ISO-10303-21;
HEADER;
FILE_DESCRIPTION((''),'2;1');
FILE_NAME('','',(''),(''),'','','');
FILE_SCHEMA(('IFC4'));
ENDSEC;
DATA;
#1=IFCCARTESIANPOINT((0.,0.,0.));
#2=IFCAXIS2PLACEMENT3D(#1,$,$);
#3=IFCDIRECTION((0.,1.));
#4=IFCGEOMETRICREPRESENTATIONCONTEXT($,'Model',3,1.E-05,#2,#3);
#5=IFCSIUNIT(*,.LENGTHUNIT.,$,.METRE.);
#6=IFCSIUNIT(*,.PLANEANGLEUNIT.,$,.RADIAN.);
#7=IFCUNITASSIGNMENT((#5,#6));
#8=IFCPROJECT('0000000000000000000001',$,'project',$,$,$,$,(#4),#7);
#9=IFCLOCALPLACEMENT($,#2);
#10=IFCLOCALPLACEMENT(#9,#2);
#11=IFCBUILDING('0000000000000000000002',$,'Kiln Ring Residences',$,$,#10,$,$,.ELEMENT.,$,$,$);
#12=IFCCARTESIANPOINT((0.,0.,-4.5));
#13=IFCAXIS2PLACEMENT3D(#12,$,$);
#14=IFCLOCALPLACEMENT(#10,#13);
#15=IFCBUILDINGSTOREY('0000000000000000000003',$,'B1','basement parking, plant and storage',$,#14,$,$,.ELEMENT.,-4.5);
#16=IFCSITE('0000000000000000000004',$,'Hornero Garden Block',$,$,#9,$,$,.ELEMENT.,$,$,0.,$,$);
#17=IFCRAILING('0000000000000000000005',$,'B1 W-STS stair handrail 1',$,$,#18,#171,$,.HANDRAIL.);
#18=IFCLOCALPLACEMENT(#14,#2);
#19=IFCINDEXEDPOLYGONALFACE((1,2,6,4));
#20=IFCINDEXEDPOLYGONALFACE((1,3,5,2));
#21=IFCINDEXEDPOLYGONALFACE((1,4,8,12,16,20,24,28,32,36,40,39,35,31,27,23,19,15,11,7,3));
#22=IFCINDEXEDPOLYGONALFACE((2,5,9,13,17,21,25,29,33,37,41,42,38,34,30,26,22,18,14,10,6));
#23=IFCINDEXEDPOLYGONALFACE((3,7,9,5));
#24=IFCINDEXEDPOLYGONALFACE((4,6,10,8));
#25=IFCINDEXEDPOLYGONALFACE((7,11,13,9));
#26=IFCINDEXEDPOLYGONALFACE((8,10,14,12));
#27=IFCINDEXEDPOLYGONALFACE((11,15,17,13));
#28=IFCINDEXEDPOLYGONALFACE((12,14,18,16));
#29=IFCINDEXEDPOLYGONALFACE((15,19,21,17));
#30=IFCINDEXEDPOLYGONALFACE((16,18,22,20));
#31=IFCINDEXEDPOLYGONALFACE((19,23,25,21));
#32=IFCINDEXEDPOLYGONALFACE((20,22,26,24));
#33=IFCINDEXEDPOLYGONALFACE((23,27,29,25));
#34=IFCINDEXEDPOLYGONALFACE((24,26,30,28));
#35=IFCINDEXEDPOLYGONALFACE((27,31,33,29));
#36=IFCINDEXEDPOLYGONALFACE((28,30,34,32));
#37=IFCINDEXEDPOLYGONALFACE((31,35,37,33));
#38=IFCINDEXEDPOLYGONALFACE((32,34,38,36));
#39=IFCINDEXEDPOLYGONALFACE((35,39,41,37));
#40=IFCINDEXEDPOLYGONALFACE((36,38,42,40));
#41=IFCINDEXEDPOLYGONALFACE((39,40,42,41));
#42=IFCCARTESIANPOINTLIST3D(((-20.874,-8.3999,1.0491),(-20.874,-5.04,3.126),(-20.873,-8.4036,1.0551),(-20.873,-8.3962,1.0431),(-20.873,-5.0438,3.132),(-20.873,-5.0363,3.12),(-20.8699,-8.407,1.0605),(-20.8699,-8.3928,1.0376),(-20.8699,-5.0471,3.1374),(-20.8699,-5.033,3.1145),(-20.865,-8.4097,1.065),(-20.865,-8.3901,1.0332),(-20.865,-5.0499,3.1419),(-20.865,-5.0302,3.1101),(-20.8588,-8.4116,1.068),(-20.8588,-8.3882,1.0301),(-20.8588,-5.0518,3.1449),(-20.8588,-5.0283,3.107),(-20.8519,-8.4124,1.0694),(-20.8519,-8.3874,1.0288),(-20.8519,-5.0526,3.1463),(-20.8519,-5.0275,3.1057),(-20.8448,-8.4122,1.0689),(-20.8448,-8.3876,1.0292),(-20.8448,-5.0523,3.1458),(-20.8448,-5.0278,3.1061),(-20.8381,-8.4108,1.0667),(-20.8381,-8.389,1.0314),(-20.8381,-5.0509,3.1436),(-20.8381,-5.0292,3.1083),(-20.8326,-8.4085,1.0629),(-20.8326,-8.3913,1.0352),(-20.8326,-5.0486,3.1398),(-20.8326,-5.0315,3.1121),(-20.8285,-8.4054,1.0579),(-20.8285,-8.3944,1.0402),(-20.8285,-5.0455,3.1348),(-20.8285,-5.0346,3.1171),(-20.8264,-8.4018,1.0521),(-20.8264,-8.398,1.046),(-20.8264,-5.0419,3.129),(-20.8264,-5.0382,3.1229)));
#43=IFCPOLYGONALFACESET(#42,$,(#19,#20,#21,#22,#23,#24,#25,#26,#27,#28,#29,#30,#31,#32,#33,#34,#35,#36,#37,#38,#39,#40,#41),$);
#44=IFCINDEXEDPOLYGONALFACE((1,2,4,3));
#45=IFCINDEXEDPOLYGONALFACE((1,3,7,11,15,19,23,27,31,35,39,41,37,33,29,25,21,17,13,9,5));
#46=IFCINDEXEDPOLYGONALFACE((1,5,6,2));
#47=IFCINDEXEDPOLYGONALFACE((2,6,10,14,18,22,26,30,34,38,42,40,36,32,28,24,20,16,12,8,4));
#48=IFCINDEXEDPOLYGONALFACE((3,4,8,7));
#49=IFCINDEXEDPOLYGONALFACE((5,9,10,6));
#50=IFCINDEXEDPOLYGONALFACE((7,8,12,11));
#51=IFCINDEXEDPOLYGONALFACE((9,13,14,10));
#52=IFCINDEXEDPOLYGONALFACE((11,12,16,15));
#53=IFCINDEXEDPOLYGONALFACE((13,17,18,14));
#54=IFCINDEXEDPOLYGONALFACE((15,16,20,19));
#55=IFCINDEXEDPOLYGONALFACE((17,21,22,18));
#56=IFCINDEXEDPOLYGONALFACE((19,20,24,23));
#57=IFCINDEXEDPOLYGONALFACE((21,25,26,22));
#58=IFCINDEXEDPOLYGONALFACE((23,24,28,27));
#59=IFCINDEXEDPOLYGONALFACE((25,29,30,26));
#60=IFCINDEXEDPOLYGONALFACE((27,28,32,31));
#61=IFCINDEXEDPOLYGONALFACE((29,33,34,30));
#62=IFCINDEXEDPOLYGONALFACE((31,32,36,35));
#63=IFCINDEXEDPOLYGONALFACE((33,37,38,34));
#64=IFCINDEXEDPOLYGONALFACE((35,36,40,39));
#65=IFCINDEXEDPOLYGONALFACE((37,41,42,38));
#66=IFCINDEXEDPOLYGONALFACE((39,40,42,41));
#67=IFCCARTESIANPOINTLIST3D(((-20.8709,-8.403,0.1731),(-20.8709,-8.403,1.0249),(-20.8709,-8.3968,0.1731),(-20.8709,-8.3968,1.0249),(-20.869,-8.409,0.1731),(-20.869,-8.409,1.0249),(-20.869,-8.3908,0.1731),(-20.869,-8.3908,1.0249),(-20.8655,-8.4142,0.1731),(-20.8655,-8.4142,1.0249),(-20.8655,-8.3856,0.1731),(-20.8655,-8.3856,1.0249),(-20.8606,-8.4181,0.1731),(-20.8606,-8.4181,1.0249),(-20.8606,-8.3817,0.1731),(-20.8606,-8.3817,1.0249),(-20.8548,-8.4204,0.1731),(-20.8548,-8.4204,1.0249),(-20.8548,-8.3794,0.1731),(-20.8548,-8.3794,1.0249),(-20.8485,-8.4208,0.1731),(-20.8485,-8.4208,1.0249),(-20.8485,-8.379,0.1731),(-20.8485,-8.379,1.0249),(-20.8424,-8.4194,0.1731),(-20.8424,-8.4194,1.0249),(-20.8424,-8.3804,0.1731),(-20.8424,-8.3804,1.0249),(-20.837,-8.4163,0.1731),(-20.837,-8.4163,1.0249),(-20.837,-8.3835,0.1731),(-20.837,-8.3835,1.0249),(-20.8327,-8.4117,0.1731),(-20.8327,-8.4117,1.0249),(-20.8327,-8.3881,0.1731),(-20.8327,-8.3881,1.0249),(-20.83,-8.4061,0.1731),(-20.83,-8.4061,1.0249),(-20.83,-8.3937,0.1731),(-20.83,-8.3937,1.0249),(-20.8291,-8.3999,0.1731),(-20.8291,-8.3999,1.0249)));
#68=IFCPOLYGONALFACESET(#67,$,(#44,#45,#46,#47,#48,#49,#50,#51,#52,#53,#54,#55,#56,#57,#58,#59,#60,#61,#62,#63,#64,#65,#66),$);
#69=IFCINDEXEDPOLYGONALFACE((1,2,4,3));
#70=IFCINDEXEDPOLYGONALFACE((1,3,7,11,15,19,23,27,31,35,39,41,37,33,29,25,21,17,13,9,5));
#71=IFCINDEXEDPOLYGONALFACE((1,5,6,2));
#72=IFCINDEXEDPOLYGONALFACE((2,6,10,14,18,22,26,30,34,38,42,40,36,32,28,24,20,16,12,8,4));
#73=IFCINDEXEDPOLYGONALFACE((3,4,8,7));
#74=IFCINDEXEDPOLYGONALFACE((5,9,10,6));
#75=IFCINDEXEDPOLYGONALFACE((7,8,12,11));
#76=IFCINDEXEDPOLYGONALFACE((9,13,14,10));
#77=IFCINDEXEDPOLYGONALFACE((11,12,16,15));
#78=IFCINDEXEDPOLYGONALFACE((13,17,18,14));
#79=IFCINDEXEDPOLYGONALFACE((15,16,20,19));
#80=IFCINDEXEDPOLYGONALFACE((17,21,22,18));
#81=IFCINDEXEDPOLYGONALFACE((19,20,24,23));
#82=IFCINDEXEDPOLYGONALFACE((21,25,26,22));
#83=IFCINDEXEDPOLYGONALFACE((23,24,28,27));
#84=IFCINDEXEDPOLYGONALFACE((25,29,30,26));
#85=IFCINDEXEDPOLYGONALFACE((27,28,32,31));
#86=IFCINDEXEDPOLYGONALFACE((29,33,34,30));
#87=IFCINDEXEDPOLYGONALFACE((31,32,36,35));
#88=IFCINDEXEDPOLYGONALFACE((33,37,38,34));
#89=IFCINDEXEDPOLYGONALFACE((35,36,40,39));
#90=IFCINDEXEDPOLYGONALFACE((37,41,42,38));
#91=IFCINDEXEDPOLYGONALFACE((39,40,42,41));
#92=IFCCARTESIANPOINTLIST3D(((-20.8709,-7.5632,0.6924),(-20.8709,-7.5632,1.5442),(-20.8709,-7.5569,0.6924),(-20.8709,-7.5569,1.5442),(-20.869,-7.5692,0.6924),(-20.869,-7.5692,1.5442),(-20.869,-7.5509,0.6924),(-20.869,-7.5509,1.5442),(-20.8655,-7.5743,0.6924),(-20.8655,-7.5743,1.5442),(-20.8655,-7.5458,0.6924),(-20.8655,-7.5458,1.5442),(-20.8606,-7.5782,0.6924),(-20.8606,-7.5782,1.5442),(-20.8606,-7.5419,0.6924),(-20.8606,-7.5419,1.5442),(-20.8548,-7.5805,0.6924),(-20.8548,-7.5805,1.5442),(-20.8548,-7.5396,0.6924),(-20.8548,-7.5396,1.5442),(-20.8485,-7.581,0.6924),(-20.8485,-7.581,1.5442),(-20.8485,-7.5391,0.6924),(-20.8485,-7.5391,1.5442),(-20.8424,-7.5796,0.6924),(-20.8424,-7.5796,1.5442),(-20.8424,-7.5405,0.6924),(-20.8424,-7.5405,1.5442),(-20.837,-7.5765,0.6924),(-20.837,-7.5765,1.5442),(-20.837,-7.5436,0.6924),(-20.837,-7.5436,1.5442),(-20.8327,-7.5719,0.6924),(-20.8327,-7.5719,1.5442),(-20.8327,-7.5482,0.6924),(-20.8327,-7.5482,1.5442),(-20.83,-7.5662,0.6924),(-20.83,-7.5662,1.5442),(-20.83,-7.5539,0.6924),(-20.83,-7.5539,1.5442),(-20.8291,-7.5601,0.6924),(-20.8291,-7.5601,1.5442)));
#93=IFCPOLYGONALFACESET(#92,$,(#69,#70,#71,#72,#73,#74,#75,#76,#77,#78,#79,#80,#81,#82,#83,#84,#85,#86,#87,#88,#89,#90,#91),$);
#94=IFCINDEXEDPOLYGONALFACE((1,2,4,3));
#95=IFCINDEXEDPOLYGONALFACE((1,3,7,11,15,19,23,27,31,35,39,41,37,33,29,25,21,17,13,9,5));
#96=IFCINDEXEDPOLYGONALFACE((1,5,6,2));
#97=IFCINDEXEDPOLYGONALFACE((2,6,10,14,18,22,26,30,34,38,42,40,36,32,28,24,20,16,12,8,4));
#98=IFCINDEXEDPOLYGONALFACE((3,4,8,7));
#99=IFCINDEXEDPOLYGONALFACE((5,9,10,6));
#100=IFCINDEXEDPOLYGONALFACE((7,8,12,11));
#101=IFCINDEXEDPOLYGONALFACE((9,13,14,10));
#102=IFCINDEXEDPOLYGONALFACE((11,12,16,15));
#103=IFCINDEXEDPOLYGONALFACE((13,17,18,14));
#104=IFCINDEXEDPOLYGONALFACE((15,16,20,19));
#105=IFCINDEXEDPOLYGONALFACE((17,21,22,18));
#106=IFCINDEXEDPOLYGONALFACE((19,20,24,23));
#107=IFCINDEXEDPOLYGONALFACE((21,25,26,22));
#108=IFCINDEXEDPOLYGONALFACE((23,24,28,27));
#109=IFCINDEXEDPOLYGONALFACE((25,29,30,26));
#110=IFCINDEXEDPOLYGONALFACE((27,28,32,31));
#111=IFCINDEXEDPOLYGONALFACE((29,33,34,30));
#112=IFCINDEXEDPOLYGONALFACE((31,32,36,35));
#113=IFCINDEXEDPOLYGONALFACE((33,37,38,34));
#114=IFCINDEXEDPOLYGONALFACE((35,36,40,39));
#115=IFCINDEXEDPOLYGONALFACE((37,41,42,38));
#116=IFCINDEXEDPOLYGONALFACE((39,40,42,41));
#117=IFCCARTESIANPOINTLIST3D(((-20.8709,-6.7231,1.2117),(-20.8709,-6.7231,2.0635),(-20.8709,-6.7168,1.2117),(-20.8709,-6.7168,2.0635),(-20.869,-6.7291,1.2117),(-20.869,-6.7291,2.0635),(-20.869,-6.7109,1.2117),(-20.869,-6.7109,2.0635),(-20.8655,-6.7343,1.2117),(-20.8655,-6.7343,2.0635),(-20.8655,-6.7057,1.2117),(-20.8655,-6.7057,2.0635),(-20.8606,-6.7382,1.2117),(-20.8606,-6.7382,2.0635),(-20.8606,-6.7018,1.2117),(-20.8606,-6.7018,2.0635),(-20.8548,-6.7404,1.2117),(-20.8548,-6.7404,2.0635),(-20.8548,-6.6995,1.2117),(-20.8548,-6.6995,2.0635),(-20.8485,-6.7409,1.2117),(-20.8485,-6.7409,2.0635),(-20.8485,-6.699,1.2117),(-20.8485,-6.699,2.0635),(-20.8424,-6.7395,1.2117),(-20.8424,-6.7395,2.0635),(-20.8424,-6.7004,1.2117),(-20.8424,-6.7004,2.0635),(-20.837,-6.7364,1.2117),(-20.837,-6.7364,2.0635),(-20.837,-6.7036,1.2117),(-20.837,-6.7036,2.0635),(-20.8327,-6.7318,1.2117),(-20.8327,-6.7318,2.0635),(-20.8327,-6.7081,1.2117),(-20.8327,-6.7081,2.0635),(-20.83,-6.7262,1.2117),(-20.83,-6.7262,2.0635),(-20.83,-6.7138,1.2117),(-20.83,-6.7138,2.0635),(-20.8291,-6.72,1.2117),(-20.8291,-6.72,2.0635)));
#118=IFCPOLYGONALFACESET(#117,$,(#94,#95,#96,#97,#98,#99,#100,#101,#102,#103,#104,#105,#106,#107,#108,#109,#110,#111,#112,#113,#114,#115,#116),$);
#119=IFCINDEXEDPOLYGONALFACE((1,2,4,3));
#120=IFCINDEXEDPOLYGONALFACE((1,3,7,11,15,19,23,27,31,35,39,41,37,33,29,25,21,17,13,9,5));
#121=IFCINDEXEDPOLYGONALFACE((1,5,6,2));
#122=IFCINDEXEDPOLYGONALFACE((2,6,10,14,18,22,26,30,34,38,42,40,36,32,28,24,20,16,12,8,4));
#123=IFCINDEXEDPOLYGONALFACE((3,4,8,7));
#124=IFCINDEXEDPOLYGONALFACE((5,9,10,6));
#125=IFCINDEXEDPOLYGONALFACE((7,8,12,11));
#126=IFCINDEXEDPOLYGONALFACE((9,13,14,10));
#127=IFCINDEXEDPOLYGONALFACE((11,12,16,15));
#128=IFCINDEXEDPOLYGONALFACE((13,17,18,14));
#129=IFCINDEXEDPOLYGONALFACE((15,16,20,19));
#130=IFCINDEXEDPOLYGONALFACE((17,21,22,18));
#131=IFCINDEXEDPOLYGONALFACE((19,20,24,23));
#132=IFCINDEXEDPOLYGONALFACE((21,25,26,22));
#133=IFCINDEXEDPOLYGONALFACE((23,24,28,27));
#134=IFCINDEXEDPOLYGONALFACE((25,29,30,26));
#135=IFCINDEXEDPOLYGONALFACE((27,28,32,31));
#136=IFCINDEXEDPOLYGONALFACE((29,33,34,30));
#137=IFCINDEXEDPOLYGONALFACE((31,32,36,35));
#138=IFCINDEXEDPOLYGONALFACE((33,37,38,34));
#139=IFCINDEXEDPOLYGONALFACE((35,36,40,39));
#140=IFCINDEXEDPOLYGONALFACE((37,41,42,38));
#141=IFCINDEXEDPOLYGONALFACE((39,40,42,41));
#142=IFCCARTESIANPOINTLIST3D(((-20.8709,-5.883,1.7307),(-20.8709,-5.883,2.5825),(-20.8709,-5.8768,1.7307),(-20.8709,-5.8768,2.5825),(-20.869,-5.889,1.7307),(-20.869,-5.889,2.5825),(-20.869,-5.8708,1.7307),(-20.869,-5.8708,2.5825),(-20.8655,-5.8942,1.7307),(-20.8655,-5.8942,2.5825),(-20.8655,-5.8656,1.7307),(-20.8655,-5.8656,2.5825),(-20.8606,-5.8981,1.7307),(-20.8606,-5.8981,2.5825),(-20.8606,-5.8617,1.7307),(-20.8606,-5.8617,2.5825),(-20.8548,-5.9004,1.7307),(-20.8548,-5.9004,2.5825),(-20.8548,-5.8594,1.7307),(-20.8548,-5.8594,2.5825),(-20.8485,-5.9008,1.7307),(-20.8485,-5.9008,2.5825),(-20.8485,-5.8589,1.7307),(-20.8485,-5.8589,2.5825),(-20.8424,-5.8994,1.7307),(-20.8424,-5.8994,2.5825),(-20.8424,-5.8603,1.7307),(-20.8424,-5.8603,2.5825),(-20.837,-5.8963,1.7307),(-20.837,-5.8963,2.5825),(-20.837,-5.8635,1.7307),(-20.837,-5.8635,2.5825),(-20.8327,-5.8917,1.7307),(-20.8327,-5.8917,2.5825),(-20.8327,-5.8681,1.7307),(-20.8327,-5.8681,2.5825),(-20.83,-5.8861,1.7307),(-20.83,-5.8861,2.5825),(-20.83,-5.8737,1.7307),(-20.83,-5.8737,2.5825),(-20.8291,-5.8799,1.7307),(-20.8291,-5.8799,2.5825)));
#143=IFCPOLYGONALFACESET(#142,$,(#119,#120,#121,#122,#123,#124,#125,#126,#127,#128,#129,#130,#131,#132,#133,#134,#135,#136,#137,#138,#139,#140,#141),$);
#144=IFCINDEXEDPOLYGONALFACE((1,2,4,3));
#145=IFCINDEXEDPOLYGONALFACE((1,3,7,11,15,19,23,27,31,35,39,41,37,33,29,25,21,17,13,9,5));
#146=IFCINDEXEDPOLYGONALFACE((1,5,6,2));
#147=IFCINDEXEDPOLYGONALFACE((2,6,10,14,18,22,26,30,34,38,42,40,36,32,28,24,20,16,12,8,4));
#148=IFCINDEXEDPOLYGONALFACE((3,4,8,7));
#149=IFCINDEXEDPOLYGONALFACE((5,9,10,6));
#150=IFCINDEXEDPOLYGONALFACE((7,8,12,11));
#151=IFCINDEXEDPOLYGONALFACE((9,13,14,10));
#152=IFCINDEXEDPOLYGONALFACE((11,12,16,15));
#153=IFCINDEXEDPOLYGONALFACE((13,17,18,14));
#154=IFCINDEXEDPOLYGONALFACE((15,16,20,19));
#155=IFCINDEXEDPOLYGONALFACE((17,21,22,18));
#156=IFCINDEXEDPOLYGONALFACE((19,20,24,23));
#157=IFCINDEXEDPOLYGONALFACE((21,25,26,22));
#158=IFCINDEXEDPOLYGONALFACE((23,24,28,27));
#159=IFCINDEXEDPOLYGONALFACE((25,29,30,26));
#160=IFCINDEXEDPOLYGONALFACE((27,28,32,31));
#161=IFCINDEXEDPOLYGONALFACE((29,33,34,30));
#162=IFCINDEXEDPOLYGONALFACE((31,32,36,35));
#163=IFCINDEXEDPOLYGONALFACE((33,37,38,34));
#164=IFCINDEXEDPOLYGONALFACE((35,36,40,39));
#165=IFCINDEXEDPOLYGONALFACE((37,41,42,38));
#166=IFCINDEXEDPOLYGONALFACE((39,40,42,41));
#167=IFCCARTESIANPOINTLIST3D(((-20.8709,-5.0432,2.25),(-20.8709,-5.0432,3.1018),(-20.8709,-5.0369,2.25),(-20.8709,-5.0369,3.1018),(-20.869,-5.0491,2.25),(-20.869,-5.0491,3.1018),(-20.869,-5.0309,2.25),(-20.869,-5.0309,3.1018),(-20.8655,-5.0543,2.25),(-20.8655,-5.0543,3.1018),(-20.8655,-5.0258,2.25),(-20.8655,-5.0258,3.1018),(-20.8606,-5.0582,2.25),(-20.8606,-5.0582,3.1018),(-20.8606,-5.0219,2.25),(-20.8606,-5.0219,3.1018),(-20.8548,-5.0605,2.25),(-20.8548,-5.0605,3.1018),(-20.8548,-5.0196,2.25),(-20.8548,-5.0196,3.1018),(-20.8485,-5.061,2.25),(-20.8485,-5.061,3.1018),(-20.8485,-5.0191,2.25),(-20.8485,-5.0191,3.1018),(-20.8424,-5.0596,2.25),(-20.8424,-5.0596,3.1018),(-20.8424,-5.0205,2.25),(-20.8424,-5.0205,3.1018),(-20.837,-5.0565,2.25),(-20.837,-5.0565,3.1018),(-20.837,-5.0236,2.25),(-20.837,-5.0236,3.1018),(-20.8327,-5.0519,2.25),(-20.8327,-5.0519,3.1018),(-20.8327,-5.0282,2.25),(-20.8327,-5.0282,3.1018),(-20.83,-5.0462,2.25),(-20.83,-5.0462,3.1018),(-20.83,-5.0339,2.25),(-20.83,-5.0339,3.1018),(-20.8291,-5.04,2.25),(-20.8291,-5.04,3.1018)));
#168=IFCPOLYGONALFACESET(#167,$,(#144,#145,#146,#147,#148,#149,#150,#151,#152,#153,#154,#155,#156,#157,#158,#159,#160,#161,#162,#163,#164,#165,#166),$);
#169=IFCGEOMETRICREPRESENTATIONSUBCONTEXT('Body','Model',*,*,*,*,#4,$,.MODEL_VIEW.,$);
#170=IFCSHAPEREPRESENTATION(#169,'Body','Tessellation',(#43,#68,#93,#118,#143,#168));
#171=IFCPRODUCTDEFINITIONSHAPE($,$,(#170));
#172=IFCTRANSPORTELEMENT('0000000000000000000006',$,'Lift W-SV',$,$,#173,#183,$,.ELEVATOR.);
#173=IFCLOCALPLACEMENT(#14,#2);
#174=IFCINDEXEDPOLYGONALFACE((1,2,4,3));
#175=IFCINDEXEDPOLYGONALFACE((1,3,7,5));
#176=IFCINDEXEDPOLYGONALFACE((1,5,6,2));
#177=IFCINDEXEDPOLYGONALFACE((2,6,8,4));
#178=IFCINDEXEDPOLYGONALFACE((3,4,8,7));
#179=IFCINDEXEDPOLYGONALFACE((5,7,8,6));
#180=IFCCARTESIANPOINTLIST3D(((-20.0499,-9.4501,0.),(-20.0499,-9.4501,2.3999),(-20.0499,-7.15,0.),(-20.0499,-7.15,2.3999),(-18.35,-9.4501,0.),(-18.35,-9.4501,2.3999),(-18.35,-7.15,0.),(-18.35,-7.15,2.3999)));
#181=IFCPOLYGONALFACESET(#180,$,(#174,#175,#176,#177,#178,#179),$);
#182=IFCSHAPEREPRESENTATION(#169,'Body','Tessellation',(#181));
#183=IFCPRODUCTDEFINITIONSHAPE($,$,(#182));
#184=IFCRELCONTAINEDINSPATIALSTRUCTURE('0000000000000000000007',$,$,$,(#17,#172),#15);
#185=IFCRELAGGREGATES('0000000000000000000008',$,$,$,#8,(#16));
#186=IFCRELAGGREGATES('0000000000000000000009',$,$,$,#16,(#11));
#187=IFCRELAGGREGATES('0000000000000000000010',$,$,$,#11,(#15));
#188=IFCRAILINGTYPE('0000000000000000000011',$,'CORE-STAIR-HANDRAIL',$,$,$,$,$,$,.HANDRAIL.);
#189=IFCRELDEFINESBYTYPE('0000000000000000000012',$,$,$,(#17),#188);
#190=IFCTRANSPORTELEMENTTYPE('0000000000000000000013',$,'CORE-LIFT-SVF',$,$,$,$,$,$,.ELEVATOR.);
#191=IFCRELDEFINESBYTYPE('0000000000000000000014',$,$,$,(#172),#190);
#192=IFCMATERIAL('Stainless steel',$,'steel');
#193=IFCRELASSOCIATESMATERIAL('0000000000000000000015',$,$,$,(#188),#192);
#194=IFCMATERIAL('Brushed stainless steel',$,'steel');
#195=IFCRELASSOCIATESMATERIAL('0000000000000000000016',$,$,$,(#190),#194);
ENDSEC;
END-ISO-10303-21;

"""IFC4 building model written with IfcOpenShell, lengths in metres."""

from ifc_helpers import new_model, si_unit, direction, frame, origin, origin_2d, place, context, subcontext, project, spatial, rectangle, circle, extrude, material, type_object, element, save


model = new_model("IFC4")

# Units and contexts
model_context = context("Model", 3, precision=1e-05, world=origin(), true_north=direction((0.0, 1.0)))
body_context = subcontext(model_context, "Body", "Model", "MODEL_VIEW")
ifc_project = project(units=[si_unit("LENGTHUNIT", "METRE"), si_unit("PLANEANGLEUNIT", "RADIAN")], contexts=[model_context])

# Site, building, storey
site_placement = place(None, origin())
site = spatial("IfcSite", under=ifc_project, at=site_placement, Name="Hornero Garden Block", CompositionType="ELEMENT", RefElevation=0.0)
building_placement = place(site_placement, origin())
building = spatial("IfcBuilding", under=site, at=building_placement, Name="Kiln Ring Residences", CompositionType="ELEMENT")
storey_placement = place(building_placement, frame((0.0, 0.0, -4.5)))
storey = spatial("IfcBuildingStorey", under=building, at=storey_placement, Name="B1", Description="basement parking, plant and storage", CompositionType="ELEMENT", Elevation=-4.5)

# Railing
ifc_material_1 = material(Name="Stainless steel", Category="steel")
railing_type_1 = type_object("IfcRailingType", Name="CORE-STAIR-HANDRAIL", PredefinedType="HANDRAIL", material=ifc_material_1)
railing_1_placement = place(storey_placement, frame((-20.8501, -8.3999, 0.1731)))
element("IfcRailing", 1, at=railing_1_placement, inside=storey, type_object=railing_type_1, Name="B1 W-STS stair handrail 1", PredefinedType="HANDRAIL", context=body_context, shape_type="SweptSolid", body=[
    extrude(circle(Radius=0.0239, at=origin_2d()), frame((0.0, 0.0, 0.876), z_axis=(0.0, 0.850606, 0.525803), x_axis=(-1.0, 0.0, 0.0)), (0.0, 0.0, 1.0), 3.95),
    extrude(circle(Radius=0.021, at=origin_2d()), origin(), (0.0, 0.0, 1.0), 0.8518),
    extrude(circle(Radius=0.021, at=origin_2d()), frame((0.0, 0.8398, 0.5193)), (0.0, 0.0, 1.0), 0.8518),
    extrude(circle(Radius=0.021, at=origin_2d()), frame((0.0, 1.6799, 1.0386)), (0.0, 0.0, 1.0), 0.8518),
    extrude(circle(Radius=0.021, at=origin_2d()), frame((0.0, 2.52, 1.5576)), (0.0, 0.0, 1.0), 0.8518),
    extrude(circle(Radius=0.021, at=origin_2d()), frame((0.0, 3.3599, 2.0769)), (0.0, 0.0, 1.0), 0.8518),
])

# Transport element
ifc_material_2 = material(Name="Brushed stainless steel", Category="steel")
transport_element_type = type_object("IfcTransportElementType", Name="CORE-LIFT-SVF", PredefinedType="ELEVATOR", material=ifc_material_2)
transport_element_placement = place(storey_placement, frame((-19.2, -8.3, 0.0), z_axis=(0.0, 0.0, 1.0), x_axis=(1.0, 0.0, 0.0)))
element("IfcTransportElement", 2, at=transport_element_placement, inside=storey, type_object=transport_element_type, Name="Lift W-SV", PredefinedType="ELEVATOR", context=body_context, shape_type="SweptSolid", body=[
    extrude(rectangle(XDim=1.7, YDim=2.3, at=origin_2d()), origin(), (0.0, 0.0, 1.0), 2.3999),
])

save(model, "model.ifc")
